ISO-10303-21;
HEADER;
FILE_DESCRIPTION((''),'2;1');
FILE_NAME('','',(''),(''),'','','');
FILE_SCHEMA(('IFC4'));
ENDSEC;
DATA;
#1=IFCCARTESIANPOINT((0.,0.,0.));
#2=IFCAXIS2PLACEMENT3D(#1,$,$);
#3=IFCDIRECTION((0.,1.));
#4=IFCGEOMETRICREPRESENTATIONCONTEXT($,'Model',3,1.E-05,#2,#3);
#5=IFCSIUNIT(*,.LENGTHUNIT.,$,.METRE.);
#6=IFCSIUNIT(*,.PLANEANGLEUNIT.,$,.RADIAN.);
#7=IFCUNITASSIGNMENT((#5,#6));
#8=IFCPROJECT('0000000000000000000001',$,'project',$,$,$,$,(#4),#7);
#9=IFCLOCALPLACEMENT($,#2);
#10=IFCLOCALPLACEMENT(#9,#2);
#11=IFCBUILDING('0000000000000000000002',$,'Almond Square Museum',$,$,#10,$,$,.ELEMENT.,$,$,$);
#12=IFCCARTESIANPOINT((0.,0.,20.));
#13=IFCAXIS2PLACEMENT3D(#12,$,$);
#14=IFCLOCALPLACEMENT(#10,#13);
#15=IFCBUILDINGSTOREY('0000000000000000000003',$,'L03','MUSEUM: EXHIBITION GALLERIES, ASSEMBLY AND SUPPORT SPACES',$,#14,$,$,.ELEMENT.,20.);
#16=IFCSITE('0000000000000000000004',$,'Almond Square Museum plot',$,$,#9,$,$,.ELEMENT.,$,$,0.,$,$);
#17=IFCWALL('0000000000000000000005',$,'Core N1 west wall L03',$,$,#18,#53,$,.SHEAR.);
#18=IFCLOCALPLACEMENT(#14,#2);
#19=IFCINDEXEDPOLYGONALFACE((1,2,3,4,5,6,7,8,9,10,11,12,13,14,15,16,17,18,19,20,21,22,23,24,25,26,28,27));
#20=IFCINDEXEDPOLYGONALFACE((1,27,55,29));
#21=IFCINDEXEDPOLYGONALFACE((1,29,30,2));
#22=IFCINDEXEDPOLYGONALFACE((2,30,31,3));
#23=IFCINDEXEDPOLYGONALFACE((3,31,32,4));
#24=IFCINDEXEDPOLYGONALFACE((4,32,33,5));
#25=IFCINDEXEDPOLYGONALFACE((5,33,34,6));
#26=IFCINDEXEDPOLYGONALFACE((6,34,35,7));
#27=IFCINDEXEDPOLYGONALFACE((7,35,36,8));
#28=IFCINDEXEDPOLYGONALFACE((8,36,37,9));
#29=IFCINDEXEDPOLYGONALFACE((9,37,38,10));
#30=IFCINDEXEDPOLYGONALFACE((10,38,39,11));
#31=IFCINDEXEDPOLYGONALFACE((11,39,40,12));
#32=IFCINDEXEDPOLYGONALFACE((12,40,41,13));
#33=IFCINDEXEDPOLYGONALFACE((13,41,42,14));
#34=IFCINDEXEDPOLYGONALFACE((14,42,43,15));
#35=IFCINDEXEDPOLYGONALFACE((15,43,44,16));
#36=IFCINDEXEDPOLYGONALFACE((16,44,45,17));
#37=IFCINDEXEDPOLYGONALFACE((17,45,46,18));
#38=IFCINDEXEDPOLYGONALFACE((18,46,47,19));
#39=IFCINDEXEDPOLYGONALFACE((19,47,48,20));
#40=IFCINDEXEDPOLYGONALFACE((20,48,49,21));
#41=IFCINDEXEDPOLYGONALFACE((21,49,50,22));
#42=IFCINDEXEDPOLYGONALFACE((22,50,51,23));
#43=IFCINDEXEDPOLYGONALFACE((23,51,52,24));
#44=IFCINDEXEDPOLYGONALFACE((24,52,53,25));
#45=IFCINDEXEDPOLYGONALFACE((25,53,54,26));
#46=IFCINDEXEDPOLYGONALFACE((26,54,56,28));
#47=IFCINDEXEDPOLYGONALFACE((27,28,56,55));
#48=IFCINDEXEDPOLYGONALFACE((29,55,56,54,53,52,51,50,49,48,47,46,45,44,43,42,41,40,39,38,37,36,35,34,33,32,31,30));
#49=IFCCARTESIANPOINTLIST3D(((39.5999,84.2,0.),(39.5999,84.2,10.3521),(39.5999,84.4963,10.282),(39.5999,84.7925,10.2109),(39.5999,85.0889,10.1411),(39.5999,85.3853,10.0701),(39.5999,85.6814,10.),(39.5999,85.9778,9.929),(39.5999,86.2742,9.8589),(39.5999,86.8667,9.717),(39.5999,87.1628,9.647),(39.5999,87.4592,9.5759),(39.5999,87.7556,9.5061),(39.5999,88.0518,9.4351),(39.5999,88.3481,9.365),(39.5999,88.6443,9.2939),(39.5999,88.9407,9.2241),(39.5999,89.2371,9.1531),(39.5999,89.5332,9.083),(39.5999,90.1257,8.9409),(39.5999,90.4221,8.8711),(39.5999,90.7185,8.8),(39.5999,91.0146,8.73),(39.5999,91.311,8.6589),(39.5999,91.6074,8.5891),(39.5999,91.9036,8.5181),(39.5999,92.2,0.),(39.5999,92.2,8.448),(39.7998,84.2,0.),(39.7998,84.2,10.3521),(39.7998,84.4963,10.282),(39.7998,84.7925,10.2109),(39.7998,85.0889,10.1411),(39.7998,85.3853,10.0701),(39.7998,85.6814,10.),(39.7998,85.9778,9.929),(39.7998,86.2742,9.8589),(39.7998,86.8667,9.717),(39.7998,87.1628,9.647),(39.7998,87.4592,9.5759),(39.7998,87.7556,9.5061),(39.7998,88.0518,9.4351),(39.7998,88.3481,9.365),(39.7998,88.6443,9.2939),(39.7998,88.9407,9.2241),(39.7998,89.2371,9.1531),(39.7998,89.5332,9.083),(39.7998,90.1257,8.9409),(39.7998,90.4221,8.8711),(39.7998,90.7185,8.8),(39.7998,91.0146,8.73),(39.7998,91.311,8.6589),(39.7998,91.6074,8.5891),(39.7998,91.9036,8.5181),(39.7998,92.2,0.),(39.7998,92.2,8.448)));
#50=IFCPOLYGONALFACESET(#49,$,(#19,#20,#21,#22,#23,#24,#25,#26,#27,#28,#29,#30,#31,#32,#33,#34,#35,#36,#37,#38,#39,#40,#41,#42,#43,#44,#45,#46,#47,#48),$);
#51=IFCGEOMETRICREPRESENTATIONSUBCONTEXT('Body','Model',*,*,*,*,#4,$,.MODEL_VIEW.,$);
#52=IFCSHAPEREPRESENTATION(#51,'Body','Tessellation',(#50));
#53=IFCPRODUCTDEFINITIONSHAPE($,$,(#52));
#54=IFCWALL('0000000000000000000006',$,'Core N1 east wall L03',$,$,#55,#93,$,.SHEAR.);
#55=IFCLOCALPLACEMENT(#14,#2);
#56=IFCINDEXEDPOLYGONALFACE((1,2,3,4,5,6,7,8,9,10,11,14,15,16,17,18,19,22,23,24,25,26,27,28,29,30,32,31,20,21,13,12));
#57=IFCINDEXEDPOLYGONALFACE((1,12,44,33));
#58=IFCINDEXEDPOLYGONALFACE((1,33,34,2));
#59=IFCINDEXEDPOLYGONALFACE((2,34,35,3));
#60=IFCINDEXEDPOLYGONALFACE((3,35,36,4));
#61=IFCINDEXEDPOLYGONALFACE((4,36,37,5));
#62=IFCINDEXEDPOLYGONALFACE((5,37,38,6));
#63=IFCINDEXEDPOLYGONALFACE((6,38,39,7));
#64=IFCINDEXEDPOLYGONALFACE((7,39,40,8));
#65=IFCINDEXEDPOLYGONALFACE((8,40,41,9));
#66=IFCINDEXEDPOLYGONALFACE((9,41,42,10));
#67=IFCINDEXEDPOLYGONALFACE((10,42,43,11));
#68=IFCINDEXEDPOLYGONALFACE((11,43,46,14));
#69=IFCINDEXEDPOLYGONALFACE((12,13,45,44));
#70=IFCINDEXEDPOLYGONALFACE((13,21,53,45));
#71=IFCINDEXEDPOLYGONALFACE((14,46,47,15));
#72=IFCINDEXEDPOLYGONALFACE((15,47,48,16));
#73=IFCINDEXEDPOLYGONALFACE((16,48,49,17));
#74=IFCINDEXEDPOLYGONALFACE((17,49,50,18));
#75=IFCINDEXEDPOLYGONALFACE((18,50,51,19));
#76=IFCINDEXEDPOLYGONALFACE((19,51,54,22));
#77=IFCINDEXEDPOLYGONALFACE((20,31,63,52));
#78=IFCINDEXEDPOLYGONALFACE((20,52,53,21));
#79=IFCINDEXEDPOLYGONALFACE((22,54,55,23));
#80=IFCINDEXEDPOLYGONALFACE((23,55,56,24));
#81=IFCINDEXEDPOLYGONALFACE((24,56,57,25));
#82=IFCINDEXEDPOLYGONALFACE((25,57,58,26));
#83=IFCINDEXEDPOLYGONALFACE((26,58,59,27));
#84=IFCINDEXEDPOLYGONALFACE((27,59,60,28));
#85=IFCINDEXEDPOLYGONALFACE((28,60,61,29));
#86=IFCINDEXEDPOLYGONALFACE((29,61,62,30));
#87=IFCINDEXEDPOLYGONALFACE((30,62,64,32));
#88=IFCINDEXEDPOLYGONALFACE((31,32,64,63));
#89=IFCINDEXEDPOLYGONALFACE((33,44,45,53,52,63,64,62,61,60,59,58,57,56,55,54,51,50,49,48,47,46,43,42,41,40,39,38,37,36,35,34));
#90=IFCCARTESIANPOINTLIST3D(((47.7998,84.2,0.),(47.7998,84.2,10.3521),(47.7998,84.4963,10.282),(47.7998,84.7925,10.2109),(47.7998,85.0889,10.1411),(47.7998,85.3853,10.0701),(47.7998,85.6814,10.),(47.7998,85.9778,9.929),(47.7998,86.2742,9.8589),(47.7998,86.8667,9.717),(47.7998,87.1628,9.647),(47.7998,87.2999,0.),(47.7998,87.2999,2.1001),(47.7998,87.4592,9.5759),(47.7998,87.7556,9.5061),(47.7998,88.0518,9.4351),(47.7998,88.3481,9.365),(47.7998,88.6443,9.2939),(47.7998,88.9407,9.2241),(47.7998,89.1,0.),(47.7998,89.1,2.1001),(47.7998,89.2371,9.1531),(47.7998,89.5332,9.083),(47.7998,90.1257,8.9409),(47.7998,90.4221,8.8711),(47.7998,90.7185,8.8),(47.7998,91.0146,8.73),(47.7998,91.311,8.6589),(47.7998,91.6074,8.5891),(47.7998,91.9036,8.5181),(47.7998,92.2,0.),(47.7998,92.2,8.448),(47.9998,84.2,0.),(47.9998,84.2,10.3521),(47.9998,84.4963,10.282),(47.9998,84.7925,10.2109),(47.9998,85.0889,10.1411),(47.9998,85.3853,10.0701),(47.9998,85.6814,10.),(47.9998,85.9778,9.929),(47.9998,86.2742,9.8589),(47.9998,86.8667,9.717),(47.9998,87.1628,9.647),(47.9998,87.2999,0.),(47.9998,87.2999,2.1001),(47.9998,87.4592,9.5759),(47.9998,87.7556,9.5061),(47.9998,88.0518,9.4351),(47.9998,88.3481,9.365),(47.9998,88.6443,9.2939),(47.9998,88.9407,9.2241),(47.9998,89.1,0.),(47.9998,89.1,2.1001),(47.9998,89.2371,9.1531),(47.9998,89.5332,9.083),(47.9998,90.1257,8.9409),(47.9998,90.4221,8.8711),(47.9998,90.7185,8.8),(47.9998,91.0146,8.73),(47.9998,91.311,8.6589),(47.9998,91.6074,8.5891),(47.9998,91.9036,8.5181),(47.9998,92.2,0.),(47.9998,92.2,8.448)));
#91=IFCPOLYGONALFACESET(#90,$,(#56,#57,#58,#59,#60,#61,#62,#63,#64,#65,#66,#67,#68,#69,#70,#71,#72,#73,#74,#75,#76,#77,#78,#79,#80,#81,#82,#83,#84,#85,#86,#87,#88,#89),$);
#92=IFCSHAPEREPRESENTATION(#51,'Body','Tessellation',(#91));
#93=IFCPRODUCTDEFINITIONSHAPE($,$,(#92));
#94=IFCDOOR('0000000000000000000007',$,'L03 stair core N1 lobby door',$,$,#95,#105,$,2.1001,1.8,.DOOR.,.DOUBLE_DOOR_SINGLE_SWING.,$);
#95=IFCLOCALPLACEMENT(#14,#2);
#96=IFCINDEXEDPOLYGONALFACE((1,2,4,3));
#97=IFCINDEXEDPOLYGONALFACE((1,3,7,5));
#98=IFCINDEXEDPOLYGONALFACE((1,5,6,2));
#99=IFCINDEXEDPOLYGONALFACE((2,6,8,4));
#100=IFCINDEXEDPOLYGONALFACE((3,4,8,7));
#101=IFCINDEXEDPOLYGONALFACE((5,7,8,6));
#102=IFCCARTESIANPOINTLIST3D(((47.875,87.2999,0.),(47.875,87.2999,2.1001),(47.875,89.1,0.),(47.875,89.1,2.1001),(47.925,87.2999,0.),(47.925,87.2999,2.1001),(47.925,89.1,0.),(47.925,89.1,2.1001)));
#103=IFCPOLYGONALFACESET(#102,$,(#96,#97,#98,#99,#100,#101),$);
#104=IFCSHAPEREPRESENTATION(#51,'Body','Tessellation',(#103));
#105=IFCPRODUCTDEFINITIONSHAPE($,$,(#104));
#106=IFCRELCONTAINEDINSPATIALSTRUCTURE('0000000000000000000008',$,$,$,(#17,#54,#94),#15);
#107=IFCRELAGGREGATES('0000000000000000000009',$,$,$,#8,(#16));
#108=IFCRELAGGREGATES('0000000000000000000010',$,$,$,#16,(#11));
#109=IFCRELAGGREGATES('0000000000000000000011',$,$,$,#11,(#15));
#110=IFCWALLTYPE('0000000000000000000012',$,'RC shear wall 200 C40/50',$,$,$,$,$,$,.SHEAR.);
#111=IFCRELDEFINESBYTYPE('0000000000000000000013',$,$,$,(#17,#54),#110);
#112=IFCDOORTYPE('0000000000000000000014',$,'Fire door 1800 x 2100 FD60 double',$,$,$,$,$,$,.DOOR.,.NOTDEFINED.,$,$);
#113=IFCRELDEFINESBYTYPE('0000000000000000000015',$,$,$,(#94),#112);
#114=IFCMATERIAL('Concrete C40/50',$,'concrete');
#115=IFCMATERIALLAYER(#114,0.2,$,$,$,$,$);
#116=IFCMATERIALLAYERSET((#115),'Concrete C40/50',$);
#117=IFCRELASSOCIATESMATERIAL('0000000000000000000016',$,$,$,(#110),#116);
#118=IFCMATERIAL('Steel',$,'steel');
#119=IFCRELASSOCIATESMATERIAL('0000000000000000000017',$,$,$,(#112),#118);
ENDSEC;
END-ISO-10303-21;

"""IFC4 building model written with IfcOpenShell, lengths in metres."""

from ifc_helpers import new_model, si_unit, direction, frame, frame_2d, origin, place, context, subcontext, project, spatial, polyline, rectangle, outline, extrude, material, layer, layer_set, type_object, element, fill, save


model = new_model("IFC4")

# Units and contexts
model_context = context("Model", 3, precision=1e-05, world=origin(), true_north=direction((0.0, 1.0)))
body_context = subcontext(model_context, "Body", "Model", "MODEL_VIEW")
ifc_project = project(units=[si_unit("LENGTHUNIT", "METRE"), si_unit("PLANEANGLEUNIT", "RADIAN")], contexts=[model_context])

# Site, building, storey
site_placement = place(None, origin())
site = spatial("IfcSite", under=ifc_project, at=site_placement, Name="Almond Square Museum plot", CompositionType="ELEMENT", RefElevation=0.0)
building_placement = place(site_placement, origin())
building = spatial("IfcBuilding", under=site, at=building_placement, Name="Almond Square Museum", CompositionType="ELEMENT")
storey_placement = place(building_placement, frame((0.0, 0.0, 20.0)))
storey = spatial("IfcBuildingStorey", under=building, at=storey_placement, Name="L03", Description="MUSEUM: EXHIBITION GALLERIES, ASSEMBLY AND SUPPORT SPACES", CompositionType="ELEMENT", Elevation=20.0)

# Wall
ifc_material_1 = material(Name="Concrete C40/50", Category="concrete")
ifc_layer_1 = layer(ifc_material_1, 0.2)
ifc_layer_set_1 = layer_set([ifc_layer_1], Name="Concrete C40/50")
wall_type_1 = type_object("IfcWallType", Name="RC shear wall 200 C40/50", PredefinedType="SHEAR", material=ifc_layer_set_1)
wall_1_placement = place(storey_placement, frame((39.7, 84.2, 0.0), z_axis=(0.0, 0.0, 1.0), x_axis=(0.0, 1.0, 0.0)))
element("IfcWall", 1, at=wall_1_placement, inside=storey, type_object=wall_type_1, Name="Core N1 west wall L03", PredefinedType="SHEAR", context=body_context, shape_type="SweptSolid", body=[
    extrude(outline(polyline([(0.0, 0.0), (8.0, 0.0), (8.0, 8.448), (7.7036, 8.5181), (7.4075, 8.5891), (7.1111, 8.6589), (6.8147, 8.73), (6.5186, 8.8), (6.2222, 8.8711), (5.9258, 8.9409), (5.3333, 9.083), (5.0371, 9.1531), (4.7407, 9.2241), (4.4443, 9.2939), (4.1482, 9.365), (3.8518, 9.4351), (3.5557, 9.5061), (3.2593, 9.5759), (2.9629, 9.647), (2.6667, 9.717), (2.0742, 9.8589), (1.7778, 9.929), (1.4814, 10.0), (1.1853, 10.0701), (0.8889, 10.1411), (0.5925, 10.2109), (0.2964, 10.282), (0.0, 10.3521), (0.0, 0.0)])), frame((0.0, 0.1001, 0.0), z_axis=(0.0, -1.0, 0.0), x_axis=(1.0, 0.0, 0.0)), (0.0, 0.0, 1.0), 0.2),
])

# Wall, opening, door
wall_2_placement = place(storey_placement, frame((47.8999, 84.2, 0.0), z_axis=(0.0, 0.0, 1.0), x_axis=(0.0, 1.0, 0.0)))
wall_2 = element("IfcWall", 2, at=wall_2_placement, inside=storey, type_object=wall_type_1, Name="Core N1 east wall L03", PredefinedType="SHEAR", context=body_context, shape_type="SweptSolid", body=[
    extrude(outline(polyline([(0.0, 0.0), (8.0, 0.0), (8.0, 8.448), (7.7036, 8.5181), (7.4075, 8.5891), (7.1111, 8.6589), (6.8147, 8.73), (6.5186, 8.8), (6.2222, 8.8711), (5.9258, 8.9409), (5.3333, 9.083), (5.0371, 9.1531), (4.7407, 9.2241), (4.4443, 9.2939), (4.1482, 9.365), (3.8518, 9.4351), (3.5557, 9.5061), (3.2593, 9.5759), (2.9629, 9.647), (2.6667, 9.717), (2.0742, 9.8589), (1.7778, 9.929), (1.4814, 10.0), (1.1853, 10.0701), (0.8889, 10.1411), (0.5925, 10.2109), (0.2964, 10.282), (0.0, 10.3521), (0.0, 0.0)])), frame((0.0, 0.1001, 0.0), z_axis=(0.0, -1.0, 0.0), x_axis=(1.0, 0.0, 0.0)), (0.0, 0.0, 1.0), 0.2),
])
opening_1_placement = place(wall_2_placement, frame((3.1001, 0.0, 0.0)))
opening_1 = element("IfcOpeningElement", 3, at=opening_1_placement, cuts=wall_2, PredefinedType="OPENING", context=body_context, shape_type="SweptSolid", body=[
    extrude(rectangle(XDim=1.8, YDim=2.1001, at=frame_2d((0.8999, 1.05))), frame((0.0, 0.1099, 0.0), z_axis=(0.0, -1.0, 0.0), x_axis=(1.0, 0.0, 0.0)), (0.0, 0.0, 1.0), 0.22),
])
ifc_material_2 = material(Name="Steel", Category="steel")
door_type_1 = type_object("IfcDoorType", Name="Fire door 1800 x 2100 FD60 double", OperationType="NOTDEFINED", PredefinedType="DOOR", material=ifc_material_2)
door_1_placement = place(opening_1_placement, origin())
door_1 = element("IfcDoor", 4, at=door_1_placement, inside=storey, type_object=door_type_1, Name="L03 stair core N1 lobby door", OperationType="DOUBLE_DOOR_SINGLE_SWING", OverallHeight=2.1001, OverallWidth=1.8, PredefinedType="DOOR", context=body_context, shape_type="SweptSolid", body=[
    extrude(rectangle(XDim=1.8, YDim=2.1001, at=frame_2d((0.8999, 1.05))), frame((0.0, 0.0249, 0.0), z_axis=(0.0, -1.0, 0.0), x_axis=(1.0, 0.0, 0.0)), (0.0, 0.0, 1.0), 0.05),
])
fill(opening_1, door_1)

save(model, "model.ifc")
